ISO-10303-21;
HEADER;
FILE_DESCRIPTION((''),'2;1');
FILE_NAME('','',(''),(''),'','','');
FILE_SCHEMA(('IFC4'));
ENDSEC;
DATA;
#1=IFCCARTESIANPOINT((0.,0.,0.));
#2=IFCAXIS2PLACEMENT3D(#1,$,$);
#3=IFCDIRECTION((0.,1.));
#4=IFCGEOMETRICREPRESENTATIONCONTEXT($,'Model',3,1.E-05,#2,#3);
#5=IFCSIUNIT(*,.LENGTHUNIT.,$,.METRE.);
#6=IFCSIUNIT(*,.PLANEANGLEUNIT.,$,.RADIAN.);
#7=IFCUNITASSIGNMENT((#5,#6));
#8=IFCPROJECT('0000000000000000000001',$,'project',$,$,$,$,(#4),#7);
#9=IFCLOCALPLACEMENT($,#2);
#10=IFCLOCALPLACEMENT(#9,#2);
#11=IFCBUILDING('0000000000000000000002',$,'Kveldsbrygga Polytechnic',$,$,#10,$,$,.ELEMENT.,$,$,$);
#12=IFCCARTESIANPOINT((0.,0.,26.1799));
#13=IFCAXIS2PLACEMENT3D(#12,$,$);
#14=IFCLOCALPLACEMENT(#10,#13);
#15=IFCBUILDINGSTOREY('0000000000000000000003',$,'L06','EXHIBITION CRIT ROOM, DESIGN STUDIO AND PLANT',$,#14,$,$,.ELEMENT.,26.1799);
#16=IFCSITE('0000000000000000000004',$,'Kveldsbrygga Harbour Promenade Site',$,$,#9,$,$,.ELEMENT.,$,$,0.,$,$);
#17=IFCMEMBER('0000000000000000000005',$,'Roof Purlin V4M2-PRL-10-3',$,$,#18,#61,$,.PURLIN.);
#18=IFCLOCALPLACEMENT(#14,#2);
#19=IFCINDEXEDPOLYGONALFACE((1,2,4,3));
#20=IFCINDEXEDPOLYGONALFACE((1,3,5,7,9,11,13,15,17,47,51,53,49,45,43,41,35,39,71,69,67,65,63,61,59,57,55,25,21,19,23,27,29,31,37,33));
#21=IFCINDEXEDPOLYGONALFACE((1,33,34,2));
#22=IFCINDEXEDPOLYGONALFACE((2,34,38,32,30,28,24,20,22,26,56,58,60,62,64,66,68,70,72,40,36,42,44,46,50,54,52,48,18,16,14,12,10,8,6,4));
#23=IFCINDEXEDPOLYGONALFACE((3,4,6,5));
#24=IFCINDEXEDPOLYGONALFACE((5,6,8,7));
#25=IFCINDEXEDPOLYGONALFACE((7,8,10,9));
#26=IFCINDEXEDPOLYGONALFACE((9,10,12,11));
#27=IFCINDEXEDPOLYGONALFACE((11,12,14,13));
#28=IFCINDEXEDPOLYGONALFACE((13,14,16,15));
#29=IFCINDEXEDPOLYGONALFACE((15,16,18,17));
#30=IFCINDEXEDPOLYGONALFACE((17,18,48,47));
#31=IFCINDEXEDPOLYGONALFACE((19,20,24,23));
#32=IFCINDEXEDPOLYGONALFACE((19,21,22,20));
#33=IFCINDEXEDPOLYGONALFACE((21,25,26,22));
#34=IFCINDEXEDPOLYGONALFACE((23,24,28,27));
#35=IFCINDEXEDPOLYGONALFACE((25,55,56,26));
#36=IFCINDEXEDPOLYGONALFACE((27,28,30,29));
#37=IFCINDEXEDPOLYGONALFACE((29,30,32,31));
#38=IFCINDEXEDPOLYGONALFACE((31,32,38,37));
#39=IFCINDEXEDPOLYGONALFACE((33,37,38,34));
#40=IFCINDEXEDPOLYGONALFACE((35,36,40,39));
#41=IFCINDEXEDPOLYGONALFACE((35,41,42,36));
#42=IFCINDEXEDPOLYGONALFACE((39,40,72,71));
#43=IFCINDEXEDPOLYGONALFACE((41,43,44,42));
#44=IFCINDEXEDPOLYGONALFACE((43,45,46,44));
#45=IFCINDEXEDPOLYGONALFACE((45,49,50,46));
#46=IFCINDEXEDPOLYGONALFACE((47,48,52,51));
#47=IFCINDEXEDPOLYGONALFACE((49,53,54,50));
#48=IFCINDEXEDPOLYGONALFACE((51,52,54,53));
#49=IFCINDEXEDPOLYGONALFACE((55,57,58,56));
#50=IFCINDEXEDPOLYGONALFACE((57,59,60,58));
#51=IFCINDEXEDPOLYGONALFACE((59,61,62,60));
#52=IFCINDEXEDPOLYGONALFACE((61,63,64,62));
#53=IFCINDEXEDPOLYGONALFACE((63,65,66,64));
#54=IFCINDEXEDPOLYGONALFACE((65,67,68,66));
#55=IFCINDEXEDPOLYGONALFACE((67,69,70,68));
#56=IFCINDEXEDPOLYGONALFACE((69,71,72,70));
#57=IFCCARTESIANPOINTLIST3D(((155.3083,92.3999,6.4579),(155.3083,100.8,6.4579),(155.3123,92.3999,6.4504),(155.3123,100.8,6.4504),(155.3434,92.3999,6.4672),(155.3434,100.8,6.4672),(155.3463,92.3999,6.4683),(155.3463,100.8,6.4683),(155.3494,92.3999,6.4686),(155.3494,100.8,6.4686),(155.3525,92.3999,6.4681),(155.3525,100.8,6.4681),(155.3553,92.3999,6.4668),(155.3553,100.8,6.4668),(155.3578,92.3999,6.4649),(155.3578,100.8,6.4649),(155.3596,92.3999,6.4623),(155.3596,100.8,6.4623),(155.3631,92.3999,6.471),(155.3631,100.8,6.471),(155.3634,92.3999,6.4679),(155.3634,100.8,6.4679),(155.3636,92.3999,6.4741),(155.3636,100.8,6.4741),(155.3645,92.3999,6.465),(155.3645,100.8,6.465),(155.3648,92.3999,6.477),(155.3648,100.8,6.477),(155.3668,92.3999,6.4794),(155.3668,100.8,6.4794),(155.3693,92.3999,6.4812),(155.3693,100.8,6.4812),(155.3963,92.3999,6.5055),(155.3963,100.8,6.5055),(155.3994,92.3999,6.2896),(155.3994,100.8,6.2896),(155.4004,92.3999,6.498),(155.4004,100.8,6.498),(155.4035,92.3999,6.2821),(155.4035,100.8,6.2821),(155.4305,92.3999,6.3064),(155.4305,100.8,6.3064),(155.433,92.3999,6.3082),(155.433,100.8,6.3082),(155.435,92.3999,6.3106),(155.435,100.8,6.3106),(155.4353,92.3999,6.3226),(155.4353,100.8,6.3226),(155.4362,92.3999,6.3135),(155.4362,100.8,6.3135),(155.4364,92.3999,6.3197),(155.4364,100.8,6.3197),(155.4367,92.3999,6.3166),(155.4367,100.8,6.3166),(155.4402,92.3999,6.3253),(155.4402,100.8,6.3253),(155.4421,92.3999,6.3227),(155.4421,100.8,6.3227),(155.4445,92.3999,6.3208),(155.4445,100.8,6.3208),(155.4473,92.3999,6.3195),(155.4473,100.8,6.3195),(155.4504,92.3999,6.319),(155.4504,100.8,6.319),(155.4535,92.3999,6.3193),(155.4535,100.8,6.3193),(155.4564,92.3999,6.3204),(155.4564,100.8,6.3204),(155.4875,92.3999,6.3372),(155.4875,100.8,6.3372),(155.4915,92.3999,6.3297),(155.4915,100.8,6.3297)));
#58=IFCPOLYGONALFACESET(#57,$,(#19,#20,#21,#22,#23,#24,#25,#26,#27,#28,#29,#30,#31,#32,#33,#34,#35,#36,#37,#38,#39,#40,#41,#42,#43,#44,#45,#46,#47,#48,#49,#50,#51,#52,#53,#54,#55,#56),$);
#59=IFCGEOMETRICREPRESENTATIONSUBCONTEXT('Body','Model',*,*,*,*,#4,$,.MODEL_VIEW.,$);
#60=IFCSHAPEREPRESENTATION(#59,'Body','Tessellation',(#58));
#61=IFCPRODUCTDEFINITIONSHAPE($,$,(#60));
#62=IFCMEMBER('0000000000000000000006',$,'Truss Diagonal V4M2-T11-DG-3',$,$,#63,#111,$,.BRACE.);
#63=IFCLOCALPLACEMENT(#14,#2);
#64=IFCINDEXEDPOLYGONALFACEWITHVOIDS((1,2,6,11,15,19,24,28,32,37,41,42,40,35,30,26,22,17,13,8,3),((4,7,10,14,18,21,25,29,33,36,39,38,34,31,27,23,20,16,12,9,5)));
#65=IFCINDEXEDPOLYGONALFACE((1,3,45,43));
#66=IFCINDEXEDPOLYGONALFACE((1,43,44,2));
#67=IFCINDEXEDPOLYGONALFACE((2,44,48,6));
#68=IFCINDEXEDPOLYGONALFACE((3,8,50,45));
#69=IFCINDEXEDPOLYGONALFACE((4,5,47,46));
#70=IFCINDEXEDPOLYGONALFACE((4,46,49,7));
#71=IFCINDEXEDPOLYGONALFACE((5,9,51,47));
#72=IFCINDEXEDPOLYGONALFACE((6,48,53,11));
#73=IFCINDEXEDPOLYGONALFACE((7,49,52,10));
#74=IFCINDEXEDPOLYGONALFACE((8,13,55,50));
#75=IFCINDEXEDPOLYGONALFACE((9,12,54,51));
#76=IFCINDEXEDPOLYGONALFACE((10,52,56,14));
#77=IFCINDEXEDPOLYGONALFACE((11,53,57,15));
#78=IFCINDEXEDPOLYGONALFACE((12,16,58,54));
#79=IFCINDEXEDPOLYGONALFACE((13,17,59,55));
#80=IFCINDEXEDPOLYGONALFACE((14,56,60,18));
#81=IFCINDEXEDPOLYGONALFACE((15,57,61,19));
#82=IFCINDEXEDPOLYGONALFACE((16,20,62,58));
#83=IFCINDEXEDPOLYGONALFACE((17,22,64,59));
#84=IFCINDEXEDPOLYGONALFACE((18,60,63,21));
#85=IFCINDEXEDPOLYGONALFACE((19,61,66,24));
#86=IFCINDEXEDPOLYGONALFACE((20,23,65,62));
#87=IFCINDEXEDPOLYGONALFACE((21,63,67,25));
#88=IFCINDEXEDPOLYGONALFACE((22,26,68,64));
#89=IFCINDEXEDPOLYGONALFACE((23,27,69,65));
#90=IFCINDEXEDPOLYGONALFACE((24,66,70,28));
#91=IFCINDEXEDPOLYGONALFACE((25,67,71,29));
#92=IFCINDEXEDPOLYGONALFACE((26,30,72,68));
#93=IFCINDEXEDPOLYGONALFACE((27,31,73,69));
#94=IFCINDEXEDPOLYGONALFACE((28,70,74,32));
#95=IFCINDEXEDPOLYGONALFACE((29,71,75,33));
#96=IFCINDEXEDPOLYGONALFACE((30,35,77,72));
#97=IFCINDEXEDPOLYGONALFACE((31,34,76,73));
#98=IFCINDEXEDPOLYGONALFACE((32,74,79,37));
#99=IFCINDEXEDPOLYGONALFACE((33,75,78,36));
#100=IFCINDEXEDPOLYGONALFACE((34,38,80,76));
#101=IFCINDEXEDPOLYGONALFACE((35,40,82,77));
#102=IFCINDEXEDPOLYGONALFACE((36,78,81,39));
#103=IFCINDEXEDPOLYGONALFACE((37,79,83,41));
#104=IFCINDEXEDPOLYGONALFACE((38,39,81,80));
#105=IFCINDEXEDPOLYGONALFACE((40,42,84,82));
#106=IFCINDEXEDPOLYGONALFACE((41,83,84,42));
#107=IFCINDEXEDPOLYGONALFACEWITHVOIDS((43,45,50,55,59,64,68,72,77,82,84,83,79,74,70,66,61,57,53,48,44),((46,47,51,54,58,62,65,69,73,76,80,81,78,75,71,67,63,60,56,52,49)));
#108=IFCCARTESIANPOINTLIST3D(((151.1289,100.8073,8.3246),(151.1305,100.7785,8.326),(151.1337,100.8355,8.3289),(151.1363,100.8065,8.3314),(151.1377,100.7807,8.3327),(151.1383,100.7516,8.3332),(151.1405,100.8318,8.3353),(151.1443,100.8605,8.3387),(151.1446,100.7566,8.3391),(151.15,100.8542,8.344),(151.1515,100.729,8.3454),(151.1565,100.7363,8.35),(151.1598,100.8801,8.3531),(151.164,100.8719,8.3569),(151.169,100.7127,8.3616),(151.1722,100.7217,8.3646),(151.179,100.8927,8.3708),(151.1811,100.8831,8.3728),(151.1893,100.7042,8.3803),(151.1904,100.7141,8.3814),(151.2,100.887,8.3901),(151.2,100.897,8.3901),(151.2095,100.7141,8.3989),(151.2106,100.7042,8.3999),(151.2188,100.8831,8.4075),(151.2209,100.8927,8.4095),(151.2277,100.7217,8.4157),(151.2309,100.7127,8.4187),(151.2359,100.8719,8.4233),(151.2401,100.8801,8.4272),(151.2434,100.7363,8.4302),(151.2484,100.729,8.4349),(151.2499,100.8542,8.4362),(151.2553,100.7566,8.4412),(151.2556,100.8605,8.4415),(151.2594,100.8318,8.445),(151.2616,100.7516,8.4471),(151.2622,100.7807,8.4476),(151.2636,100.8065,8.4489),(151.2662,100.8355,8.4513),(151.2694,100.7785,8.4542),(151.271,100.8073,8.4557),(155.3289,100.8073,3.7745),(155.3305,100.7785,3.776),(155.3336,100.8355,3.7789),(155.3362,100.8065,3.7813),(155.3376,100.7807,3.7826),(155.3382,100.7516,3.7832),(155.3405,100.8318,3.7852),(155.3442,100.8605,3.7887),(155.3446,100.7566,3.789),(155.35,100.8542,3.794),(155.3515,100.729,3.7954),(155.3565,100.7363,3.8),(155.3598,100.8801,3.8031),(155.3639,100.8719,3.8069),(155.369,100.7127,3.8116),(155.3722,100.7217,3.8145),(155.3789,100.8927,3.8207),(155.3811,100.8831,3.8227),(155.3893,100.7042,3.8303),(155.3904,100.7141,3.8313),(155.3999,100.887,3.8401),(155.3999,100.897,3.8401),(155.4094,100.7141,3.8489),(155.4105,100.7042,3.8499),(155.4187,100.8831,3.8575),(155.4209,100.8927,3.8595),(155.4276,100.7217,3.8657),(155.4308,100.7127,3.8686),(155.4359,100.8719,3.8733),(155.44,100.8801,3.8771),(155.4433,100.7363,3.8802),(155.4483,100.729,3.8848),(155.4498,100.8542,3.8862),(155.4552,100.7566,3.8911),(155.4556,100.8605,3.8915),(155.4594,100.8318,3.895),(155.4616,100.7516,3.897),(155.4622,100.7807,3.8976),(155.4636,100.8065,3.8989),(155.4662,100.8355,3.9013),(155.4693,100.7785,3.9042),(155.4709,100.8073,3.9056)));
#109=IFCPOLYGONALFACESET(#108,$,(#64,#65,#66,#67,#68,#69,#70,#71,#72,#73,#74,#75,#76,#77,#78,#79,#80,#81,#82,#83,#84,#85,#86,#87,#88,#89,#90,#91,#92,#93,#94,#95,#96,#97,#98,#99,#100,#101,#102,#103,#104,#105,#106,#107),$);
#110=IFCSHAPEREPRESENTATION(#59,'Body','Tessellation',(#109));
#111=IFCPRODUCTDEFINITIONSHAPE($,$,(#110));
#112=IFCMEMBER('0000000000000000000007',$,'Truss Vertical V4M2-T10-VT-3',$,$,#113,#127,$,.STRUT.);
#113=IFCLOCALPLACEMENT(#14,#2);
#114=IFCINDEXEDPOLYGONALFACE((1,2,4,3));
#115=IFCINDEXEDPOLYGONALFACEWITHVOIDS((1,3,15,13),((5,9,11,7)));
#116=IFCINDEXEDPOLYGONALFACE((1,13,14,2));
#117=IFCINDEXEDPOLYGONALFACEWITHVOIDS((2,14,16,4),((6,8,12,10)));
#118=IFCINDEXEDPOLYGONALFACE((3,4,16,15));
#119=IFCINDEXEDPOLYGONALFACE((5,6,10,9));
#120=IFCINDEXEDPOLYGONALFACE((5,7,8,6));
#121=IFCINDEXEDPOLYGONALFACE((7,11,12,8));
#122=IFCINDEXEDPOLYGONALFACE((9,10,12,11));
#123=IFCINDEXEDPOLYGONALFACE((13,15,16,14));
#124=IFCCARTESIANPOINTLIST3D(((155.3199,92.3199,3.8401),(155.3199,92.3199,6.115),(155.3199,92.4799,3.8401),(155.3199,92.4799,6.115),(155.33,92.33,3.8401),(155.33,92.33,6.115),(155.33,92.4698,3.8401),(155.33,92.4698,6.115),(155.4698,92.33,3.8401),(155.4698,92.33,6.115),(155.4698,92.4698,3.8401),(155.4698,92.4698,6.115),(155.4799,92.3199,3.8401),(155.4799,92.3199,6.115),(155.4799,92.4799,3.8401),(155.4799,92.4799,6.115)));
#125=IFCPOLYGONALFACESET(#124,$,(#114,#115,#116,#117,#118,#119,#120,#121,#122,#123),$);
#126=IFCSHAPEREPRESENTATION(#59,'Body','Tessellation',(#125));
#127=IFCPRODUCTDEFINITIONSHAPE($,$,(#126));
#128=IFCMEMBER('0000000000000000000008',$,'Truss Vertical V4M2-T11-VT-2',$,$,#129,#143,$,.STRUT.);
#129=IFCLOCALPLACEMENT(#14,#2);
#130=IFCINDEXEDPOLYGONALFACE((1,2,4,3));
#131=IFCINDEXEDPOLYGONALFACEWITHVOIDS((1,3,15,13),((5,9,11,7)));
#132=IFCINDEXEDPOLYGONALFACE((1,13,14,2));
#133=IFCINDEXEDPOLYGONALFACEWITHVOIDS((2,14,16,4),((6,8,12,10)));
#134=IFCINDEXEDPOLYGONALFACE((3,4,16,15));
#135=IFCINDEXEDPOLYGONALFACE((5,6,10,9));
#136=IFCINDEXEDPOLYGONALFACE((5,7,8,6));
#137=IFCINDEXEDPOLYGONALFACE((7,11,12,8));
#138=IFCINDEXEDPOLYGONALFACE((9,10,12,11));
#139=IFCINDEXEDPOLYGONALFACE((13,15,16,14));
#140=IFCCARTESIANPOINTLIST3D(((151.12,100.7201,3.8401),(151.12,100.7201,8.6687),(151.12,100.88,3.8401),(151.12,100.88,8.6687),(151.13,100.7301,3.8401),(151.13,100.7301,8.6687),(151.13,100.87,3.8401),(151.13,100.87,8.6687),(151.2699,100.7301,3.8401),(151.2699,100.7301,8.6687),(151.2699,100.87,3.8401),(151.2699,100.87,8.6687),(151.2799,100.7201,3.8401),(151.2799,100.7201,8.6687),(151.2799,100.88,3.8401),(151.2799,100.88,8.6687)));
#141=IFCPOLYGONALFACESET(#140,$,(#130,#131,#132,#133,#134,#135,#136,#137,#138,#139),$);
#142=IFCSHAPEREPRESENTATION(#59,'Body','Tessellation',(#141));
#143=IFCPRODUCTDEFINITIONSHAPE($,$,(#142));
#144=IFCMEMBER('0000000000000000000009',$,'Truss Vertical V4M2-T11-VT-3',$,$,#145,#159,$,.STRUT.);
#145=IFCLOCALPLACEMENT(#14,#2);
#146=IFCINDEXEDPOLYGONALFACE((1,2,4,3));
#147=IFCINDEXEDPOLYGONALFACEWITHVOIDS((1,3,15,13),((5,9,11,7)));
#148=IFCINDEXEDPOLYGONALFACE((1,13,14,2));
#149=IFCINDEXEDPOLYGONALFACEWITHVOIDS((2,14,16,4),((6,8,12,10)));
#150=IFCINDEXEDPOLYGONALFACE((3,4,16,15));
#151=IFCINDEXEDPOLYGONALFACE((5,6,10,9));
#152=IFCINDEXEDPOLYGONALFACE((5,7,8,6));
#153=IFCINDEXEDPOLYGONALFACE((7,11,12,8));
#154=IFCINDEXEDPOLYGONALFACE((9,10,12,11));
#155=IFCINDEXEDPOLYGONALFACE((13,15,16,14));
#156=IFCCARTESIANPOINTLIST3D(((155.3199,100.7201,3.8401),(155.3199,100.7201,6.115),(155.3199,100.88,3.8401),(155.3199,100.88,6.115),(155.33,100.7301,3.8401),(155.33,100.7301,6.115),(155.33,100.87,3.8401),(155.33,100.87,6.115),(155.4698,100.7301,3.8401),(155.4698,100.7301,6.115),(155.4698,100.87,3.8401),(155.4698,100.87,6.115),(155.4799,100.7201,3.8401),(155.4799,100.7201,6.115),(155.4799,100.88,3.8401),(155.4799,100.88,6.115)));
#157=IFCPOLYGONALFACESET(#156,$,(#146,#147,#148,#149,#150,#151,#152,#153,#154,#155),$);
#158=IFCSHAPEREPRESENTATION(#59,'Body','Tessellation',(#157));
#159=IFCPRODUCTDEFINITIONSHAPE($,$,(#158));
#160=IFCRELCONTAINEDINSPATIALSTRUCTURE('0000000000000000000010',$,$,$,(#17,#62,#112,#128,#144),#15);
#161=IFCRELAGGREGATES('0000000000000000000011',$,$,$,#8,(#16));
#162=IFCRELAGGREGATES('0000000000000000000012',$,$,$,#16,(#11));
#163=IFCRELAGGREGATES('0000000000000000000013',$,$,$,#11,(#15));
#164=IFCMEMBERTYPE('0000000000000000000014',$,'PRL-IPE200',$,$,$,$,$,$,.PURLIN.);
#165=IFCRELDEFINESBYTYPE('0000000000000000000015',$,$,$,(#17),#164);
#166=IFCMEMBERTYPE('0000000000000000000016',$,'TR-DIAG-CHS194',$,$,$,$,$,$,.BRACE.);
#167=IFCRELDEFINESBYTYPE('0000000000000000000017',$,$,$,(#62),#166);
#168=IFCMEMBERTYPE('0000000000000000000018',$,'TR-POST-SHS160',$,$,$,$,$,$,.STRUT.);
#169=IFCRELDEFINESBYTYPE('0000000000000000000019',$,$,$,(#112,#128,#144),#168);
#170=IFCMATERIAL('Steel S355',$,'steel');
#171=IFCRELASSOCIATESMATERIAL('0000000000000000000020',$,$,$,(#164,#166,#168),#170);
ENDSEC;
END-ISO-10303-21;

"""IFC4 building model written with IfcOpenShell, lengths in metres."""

from ifc_helpers import new_model, si_unit, direction, frame, origin, origin_2d, place, context, subcontext, project, spatial, hollow_rectangle, hollow_circle, i_section, extrude, material, material_profile, profile_set, type_object, element, save


model = new_model("IFC4")

# Units and contexts
model_context = context("Model", 3, precision=1e-05, world=origin(), true_north=direction((0.0, 1.0)))
body_context = subcontext(model_context, "Body", "Model", "MODEL_VIEW")
ifc_project = project(units=[si_unit("LENGTHUNIT", "METRE"), si_unit("PLANEANGLEUNIT", "RADIAN")], contexts=[model_context])

# Site, building, storey
site_placement = place(None, origin())
site = spatial("IfcSite", under=ifc_project, at=site_placement, Name="Kveldsbrygga Harbour Promenade Site", CompositionType="ELEMENT", RefElevation=0.0)
building_placement = place(site_placement, origin())
building = spatial("IfcBuilding", under=site, at=building_placement, Name="Kveldsbrygga Polytechnic", CompositionType="ELEMENT")
storey_placement = place(building_placement, frame((0.0, 0.0, 26.1799)))
storey = spatial("IfcBuildingStorey", under=building, at=storey_placement, Name="L06", Description="EXHIBITION CRIT ROOM, DESIGN STUDIO AND PLANT", CompositionType="ELEMENT", Elevation=26.1799)

# Members
ifc_material_1 = material(Name="Steel S355", Category="steel")
ifc_material_profile_1 = material_profile(ifc_material_1, i_section(OverallWidth=0.1001, OverallDepth=0.2, WebThickness=0.0056, FlangeThickness=0.0085, FilletRadius=0.012, at=origin_2d()), Name="IPE 200")
ifc_profile_set_1 = profile_set([ifc_material_profile_1], Name="Steel S355")
member_type_1 = type_object("IfcMemberType", Name="PRL-IPE200", PredefinedType="PURLIN", material=ifc_profile_set_1)
member_1_placement = place(storey_placement, frame((155.3999, 92.3999, 6.3938), z_axis=(0.0, 1.0, 0.0), x_axis=(-0.879292, 0.0, -0.476283)))
element("IfcMember", 1, at=member_1_placement, inside=storey, type_object=member_type_1, Name="Roof Purlin V4M2-PRL-10-3", PredefinedType="PURLIN", context=body_context, shape_type="SweptSolid", body=[
    extrude(i_section(OverallWidth=0.1001, OverallDepth=0.2, WebThickness=0.0056, FlangeThickness=0.0085, FilletRadius=0.012, at=origin_2d()), origin(), (0.0, 0.0, 1.0), 8.4001),
])
ifc_material_profile_2 = material_profile(ifc_material_1, hollow_circle(Radius=0.0969, WallThickness=0.01, at=origin_2d()), Name="CHS 193.7x10.0")
ifc_profile_set_2 = profile_set([ifc_material_profile_2], Name="Steel S355")
member_type_2 = type_object("IfcMemberType", Name="TR-DIAG-CHS194", PredefinedType="BRACE", material=ifc_profile_set_2)
member_2_placement = place(storey_placement, frame((151.2, 100.8, 8.3901), z_axis=(0.678272, 0.0, -0.734811), x_axis=(0.0, 1.0, 0.0)))
element("IfcMember", 2, at=member_2_placement, inside=storey, type_object=member_type_2, Name="Truss Diagonal V4M2-T11-DG-3", PredefinedType="BRACE", context=body_context, shape_type="SweptSolid", body=[
    extrude(hollow_circle(Radius=0.0969, WallThickness=0.01, at=origin_2d()), origin(), (0.0, 0.0, 1.0), 6.1921),
])
ifc_material_profile_3 = material_profile(ifc_material_1, hollow_rectangle(XDim=0.1599, YDim=0.1599, WallThickness=0.01, at=origin_2d()), Name="SHS 160x160x10.0")
ifc_profile_set_3 = profile_set([ifc_material_profile_3], Name="Steel S355")
member_type_3 = type_object("IfcMemberType", Name="TR-POST-SHS160", PredefinedType="STRUT", material=ifc_profile_set_3)
member_3_placement = place(storey_placement, frame((155.3999, 92.3999, 3.8401), z_axis=(0.0, 0.0, 1.0), x_axis=(1.0, 0.0, 0.0)))
element("IfcMember", 3, at=member_3_placement, inside=storey, type_object=member_type_3, Name="Truss Vertical V4M2-T10-VT-3", PredefinedType="STRUT", context=body_context, shape_type="SweptSolid", body=[
    extrude(hollow_rectangle(XDim=0.1599, YDim=0.1599, WallThickness=0.01, at=origin_2d()), origin(), (0.0, 0.0, 1.0), 2.2749),
])
member_4_placement = place(storey_placement, frame((151.2, 100.8, 3.8401), z_axis=(0.0, 0.0, 1.0), x_axis=(1.0, 0.0, 0.0)))
element("IfcMember", 4, at=member_4_placement, inside=storey, type_object=member_type_3, Name="Truss Vertical V4M2-T11-VT-2", PredefinedType="STRUT", context=body_context, shape_type="SweptSolid", body=[
    extrude(hollow_rectangle(XDim=0.1599, YDim=0.1599, WallThickness=0.01, at=origin_2d()), origin(), (0.0, 0.0, 1.0), 4.8286),
])
member_5_placement = place(storey_placement, frame((155.3999, 100.8, 3.8401), z_axis=(0.0, 0.0, 1.0), x_axis=(1.0, 0.0, 0.0)))
element("IfcMember", 5, at=member_5_placement, inside=storey, type_object=member_type_3, Name="Truss Vertical V4M2-T11-VT-3", PredefinedType="STRUT", context=body_context, shape_type="SweptSolid", body=[
    extrude(hollow_rectangle(XDim=0.1599, YDim=0.1599, WallThickness=0.01, at=origin_2d()), origin(), (0.0, 0.0, 1.0), 2.2749),
])

save(model, "model.ifc")
